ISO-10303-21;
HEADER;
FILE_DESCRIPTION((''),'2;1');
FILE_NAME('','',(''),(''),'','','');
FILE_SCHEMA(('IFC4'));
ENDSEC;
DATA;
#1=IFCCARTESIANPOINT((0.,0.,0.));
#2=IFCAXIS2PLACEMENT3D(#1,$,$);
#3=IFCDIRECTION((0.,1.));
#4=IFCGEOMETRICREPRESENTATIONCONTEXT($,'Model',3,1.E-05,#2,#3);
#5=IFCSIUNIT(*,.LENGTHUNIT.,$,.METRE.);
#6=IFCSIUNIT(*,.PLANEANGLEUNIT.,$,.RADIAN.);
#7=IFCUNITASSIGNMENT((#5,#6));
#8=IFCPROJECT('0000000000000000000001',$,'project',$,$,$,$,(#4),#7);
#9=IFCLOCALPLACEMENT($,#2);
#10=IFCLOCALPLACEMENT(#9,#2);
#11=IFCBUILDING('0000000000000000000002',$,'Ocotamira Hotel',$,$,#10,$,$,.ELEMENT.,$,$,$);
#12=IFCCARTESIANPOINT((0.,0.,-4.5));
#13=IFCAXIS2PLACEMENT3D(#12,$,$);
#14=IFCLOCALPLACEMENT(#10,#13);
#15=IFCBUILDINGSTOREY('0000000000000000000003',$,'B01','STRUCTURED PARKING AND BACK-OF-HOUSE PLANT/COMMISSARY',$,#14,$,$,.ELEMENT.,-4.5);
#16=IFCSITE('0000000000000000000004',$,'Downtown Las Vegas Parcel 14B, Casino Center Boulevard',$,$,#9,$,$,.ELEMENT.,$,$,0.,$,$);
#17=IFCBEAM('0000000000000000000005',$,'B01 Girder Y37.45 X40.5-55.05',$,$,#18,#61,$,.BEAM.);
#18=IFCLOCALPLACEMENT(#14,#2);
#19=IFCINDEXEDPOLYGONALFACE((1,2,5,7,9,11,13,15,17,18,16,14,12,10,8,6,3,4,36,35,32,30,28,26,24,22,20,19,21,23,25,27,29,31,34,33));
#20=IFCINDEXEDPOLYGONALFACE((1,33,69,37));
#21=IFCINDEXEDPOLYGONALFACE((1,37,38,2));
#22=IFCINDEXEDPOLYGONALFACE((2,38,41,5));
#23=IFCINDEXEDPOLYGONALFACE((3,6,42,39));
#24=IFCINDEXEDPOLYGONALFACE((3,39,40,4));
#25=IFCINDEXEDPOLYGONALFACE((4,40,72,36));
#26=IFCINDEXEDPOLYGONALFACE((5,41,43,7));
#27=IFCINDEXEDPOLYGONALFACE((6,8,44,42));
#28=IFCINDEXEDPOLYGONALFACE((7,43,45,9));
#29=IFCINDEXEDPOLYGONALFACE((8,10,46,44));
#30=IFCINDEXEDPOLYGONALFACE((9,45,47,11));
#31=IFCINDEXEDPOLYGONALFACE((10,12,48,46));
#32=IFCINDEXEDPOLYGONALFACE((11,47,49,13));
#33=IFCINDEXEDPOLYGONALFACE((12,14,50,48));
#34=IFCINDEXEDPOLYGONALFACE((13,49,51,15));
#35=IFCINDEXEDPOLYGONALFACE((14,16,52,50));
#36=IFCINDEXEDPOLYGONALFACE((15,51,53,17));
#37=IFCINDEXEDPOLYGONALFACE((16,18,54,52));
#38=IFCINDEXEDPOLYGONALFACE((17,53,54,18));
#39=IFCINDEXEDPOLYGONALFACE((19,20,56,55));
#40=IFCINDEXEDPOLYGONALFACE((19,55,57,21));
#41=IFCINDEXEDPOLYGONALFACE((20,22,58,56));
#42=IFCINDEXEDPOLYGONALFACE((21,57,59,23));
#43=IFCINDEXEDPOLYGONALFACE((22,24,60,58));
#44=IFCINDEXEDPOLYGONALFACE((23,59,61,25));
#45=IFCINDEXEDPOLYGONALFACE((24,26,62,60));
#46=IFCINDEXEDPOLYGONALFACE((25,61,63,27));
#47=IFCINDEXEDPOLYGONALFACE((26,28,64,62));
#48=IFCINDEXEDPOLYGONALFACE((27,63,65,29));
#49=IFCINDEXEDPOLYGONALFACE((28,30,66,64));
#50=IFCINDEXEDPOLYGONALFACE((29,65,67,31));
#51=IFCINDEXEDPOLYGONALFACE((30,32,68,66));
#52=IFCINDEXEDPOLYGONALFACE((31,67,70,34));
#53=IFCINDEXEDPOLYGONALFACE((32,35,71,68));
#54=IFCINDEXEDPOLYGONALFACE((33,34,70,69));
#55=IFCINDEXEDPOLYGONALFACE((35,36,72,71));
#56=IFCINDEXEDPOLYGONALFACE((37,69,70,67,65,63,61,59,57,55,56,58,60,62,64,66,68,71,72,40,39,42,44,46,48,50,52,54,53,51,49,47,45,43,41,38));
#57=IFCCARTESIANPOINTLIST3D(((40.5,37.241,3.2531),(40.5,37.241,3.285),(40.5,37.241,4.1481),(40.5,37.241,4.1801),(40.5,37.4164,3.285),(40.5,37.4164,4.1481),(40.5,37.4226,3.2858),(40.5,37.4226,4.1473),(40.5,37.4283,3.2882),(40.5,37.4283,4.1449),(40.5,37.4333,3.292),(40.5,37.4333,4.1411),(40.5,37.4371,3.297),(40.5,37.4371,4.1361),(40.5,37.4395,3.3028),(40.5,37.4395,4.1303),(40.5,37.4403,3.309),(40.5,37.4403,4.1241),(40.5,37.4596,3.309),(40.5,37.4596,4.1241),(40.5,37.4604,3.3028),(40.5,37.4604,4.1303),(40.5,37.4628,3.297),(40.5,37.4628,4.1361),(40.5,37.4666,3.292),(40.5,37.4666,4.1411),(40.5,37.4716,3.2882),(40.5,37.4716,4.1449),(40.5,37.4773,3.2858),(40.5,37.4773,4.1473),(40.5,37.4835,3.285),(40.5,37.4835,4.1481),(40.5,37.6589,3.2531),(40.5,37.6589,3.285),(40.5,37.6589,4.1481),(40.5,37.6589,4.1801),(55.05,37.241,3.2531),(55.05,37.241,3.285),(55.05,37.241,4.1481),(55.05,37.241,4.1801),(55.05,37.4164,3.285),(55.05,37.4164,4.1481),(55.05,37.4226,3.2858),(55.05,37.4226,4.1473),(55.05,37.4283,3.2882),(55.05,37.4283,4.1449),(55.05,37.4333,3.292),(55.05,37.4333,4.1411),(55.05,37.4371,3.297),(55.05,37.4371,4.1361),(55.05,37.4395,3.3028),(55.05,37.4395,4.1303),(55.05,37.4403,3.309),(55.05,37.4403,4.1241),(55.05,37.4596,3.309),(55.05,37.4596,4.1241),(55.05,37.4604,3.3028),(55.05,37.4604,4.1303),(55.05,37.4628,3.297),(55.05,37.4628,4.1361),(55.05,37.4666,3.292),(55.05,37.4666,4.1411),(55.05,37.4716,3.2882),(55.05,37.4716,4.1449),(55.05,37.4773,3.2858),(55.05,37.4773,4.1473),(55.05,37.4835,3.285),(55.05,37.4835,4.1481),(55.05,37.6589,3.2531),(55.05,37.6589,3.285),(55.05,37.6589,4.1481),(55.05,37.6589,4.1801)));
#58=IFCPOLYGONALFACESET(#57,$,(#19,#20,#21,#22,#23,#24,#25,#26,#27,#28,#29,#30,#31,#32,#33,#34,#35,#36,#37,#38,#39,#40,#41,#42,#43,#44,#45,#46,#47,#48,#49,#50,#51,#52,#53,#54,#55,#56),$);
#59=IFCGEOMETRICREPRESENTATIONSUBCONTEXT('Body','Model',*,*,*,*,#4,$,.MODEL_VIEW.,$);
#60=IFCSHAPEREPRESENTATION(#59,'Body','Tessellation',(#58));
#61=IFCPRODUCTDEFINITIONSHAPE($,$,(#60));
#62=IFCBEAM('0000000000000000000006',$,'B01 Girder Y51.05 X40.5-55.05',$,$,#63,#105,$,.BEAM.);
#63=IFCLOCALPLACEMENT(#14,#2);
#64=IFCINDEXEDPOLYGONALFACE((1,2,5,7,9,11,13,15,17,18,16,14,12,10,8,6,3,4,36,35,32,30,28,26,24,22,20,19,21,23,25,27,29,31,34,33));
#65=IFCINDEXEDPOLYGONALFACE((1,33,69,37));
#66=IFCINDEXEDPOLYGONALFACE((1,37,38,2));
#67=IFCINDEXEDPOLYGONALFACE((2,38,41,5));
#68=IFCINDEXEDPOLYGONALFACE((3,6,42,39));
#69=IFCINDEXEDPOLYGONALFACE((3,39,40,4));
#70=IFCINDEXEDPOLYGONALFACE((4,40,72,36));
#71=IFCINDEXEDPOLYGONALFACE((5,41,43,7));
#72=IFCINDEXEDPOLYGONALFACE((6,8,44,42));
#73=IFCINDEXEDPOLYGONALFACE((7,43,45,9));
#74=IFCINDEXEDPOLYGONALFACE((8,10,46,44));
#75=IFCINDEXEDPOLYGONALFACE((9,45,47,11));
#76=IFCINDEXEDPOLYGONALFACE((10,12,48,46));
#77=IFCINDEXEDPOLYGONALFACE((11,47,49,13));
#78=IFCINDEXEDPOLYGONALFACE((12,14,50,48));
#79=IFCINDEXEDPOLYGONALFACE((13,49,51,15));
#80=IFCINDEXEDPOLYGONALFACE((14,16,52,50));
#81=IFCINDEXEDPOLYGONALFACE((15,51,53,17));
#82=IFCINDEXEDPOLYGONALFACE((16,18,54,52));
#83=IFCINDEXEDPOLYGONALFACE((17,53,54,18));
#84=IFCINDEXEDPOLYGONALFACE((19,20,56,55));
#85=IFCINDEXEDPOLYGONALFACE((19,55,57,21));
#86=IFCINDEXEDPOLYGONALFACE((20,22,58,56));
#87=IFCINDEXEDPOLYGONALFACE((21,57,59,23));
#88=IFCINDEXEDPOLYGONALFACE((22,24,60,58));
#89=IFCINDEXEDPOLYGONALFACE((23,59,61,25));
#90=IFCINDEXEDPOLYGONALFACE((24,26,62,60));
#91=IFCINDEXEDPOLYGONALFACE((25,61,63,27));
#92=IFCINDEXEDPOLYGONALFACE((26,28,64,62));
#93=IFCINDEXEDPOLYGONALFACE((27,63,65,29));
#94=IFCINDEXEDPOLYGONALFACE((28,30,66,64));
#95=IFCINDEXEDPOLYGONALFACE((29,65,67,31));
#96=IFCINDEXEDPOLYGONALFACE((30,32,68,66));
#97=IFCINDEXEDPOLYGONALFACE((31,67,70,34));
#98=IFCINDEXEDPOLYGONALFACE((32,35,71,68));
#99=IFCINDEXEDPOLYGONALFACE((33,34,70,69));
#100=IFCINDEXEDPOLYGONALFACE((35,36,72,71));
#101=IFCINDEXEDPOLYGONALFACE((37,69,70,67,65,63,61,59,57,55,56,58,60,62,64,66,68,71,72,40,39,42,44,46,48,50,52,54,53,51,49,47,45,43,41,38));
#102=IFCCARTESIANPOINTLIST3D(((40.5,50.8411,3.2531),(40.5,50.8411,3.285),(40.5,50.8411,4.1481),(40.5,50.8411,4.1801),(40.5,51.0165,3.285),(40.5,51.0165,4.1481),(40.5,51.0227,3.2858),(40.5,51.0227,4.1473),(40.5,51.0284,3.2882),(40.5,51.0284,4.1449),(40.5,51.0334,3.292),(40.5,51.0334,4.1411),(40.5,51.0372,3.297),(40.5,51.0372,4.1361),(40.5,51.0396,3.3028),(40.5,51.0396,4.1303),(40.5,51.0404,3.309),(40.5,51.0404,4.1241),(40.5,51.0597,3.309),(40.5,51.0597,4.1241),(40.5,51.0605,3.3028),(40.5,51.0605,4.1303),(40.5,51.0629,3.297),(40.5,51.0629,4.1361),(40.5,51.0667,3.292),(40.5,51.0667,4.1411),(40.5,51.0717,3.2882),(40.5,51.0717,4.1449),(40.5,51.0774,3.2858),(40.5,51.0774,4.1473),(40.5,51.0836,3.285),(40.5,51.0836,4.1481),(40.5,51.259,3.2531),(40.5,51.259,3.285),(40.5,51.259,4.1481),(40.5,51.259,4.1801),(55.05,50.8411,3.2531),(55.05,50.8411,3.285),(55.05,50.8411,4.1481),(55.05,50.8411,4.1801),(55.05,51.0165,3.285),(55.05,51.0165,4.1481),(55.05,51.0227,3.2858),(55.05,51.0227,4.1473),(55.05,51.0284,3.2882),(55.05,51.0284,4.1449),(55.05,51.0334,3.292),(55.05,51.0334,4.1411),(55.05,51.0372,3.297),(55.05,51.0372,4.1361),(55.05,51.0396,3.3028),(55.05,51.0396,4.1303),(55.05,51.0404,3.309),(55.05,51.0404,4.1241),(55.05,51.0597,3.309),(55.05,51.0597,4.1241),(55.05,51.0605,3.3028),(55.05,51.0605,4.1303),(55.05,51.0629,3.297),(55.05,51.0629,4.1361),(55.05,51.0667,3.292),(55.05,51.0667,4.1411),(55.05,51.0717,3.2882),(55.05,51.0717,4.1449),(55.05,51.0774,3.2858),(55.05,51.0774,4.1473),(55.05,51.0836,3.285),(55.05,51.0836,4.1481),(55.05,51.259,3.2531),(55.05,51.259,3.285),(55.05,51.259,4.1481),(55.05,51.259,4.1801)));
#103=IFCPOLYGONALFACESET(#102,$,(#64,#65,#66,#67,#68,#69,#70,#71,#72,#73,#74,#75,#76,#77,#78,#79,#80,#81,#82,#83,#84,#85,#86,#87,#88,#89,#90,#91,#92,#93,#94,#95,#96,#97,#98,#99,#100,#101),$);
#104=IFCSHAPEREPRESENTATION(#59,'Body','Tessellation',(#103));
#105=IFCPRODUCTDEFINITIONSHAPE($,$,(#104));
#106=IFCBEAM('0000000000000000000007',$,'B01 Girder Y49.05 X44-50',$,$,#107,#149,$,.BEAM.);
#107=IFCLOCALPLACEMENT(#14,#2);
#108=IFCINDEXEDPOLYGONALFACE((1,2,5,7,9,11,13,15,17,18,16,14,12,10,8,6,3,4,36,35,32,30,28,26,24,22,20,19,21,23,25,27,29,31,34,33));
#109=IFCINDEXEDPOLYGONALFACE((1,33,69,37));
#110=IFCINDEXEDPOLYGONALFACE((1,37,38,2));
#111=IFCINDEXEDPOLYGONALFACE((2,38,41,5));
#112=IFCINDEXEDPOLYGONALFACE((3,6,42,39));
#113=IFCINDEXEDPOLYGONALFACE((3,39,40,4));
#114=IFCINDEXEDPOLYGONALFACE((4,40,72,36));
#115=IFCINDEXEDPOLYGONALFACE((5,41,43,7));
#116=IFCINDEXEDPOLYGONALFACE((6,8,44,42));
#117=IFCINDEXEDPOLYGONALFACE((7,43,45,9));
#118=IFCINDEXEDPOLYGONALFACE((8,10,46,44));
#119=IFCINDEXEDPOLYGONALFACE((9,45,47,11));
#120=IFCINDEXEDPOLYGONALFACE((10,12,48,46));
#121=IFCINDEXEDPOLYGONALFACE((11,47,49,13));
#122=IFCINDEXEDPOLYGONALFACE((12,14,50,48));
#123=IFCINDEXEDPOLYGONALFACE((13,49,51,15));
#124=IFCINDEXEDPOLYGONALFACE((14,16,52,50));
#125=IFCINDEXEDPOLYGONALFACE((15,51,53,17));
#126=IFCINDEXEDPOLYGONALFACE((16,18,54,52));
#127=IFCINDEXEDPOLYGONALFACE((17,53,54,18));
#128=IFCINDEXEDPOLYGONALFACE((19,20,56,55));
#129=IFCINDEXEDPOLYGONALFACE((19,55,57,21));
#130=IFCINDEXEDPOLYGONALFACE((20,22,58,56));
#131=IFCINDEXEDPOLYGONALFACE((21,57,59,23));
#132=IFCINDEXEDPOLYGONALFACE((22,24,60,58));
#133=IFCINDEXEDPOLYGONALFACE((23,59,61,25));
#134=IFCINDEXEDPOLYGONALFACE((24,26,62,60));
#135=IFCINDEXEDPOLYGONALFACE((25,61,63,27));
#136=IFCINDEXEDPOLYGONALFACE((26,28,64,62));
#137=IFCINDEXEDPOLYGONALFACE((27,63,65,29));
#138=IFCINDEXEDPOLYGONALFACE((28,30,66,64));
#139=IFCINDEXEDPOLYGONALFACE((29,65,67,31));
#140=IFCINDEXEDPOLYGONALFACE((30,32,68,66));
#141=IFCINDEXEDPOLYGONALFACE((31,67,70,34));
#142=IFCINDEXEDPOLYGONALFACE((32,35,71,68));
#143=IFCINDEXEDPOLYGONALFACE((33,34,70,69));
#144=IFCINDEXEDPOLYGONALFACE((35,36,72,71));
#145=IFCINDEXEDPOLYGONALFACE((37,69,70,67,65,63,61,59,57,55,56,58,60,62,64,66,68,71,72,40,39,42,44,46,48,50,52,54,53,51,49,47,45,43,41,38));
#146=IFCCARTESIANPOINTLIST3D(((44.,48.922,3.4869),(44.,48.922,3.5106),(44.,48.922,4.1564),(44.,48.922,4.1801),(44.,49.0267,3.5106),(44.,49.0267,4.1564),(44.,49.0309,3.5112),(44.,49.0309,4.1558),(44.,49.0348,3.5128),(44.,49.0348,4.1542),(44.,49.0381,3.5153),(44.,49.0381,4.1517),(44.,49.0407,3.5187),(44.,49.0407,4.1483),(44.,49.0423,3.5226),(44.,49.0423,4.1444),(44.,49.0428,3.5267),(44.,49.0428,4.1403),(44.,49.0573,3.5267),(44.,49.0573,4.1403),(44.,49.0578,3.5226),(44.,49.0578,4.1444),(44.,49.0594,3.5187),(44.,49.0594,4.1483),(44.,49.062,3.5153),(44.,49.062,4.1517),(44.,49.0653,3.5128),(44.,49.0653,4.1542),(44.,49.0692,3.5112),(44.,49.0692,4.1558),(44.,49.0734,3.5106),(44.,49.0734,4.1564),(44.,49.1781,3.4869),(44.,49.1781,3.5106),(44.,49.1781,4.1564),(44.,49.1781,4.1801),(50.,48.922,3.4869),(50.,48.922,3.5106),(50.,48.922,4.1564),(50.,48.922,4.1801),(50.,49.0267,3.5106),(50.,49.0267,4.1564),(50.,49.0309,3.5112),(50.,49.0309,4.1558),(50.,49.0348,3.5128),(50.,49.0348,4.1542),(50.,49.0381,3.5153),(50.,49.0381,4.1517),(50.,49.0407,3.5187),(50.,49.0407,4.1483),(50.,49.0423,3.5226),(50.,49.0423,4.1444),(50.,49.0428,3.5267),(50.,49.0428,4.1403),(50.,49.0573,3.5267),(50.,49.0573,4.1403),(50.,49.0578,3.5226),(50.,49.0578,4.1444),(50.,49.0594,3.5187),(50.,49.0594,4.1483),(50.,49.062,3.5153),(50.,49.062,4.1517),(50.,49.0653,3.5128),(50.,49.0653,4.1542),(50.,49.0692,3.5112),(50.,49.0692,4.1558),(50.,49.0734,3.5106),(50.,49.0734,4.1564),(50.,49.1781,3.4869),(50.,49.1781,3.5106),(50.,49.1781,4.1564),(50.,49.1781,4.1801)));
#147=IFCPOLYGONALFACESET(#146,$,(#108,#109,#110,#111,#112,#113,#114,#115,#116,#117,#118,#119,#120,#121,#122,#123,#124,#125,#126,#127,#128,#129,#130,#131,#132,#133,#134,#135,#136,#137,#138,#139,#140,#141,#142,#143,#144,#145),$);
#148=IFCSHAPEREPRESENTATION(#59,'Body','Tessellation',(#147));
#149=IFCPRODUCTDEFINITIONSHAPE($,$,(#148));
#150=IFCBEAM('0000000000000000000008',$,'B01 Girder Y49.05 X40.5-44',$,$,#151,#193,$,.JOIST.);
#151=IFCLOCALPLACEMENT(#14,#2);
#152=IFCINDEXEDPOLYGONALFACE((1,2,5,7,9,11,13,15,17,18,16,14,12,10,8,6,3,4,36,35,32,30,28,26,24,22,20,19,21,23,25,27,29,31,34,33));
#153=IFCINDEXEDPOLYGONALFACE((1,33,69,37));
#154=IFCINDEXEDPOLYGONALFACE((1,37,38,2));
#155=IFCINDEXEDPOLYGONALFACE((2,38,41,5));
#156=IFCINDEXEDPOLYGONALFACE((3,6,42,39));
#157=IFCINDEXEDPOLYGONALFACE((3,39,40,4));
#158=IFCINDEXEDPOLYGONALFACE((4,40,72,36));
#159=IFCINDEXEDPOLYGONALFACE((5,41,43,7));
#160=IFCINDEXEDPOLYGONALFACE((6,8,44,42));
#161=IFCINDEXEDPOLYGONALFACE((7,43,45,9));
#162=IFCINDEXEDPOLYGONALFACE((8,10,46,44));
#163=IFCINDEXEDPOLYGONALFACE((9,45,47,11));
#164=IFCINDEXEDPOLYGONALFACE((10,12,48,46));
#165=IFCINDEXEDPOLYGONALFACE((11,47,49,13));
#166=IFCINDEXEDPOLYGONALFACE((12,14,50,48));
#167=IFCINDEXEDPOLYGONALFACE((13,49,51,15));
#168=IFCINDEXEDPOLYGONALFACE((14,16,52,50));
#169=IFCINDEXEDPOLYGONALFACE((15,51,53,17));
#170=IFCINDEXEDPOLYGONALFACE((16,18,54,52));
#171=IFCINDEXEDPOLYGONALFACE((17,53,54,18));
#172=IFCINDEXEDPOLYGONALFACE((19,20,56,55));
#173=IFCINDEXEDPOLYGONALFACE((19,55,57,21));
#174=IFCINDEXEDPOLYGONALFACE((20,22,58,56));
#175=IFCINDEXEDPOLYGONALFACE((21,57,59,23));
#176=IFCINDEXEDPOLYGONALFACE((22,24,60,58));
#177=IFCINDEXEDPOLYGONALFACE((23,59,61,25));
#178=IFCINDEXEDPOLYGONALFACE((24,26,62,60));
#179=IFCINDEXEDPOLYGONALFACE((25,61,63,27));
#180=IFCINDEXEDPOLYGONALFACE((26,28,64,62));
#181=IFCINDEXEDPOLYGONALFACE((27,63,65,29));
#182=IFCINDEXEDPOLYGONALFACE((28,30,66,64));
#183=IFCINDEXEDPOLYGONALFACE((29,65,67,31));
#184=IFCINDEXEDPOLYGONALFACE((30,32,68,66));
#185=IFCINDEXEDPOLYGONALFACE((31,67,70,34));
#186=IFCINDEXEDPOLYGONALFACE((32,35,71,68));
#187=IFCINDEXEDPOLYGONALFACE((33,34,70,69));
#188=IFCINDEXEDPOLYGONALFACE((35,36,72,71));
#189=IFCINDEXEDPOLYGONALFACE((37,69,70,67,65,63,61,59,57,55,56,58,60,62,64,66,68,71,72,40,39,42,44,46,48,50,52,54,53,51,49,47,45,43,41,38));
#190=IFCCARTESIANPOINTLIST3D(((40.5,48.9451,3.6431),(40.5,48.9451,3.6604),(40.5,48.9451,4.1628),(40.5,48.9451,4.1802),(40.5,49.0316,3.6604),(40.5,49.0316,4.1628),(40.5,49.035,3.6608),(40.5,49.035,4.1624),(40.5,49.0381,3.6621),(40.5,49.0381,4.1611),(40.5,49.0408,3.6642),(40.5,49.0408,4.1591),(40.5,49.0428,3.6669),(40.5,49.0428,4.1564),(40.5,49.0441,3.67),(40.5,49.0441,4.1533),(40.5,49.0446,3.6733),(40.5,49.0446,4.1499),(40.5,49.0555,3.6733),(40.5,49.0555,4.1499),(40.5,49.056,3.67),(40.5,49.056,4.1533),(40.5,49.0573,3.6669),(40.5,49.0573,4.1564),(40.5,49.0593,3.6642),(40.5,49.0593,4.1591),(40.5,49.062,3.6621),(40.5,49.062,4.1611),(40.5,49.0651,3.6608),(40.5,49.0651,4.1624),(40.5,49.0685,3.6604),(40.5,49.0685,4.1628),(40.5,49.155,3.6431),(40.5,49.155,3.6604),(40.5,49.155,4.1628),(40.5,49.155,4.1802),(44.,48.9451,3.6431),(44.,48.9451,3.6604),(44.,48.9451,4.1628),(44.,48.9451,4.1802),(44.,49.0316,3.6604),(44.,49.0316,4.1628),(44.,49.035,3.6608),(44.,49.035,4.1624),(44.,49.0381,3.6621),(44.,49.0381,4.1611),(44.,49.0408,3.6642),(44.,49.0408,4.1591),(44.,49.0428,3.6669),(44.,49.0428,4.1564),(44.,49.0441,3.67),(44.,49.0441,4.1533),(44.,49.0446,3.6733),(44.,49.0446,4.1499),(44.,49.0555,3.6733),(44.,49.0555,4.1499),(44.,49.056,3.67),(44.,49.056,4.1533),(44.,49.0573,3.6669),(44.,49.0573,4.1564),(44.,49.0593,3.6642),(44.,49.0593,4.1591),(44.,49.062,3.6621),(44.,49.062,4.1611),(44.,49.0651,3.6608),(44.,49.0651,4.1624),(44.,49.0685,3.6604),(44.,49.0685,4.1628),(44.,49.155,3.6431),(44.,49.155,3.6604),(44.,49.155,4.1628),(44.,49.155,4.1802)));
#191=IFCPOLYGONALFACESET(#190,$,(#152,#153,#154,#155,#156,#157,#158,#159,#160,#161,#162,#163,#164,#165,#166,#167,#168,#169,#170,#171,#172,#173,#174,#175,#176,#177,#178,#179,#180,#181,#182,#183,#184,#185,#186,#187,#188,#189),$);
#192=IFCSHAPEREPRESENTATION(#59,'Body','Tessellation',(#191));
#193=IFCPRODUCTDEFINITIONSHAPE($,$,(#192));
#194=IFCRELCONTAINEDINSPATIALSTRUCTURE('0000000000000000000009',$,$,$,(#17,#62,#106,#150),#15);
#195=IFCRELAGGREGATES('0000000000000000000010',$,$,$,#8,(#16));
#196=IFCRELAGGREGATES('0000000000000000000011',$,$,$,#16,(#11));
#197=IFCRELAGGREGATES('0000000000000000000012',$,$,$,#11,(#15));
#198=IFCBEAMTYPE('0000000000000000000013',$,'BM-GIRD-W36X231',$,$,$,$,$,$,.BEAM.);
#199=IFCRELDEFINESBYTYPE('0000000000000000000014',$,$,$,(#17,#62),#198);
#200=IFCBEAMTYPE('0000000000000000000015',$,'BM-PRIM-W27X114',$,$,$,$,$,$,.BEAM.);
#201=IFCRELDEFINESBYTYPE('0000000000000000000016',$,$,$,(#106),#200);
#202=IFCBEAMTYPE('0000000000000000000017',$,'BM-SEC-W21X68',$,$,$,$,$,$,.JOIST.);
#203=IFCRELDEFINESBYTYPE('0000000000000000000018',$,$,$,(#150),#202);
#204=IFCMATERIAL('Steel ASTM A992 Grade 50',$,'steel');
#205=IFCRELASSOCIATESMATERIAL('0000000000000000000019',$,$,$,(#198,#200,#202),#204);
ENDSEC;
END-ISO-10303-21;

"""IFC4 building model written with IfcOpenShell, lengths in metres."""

from ifc_helpers import new_model, si_unit, direction, frame, origin, origin_2d, place, context, subcontext, project, spatial, i_section, extrude, source, transform, mapped, material, material_profile, profile_set, type_object, element, save


model = new_model("IFC4")

# Units and contexts
model_context = context("Model", 3, precision=1e-05, world=origin(), true_north=direction((0.0, 1.0)))
body_context = subcontext(model_context, "Body", "Model", "MODEL_VIEW")
ifc_project = project(units=[si_unit("LENGTHUNIT", "METRE"), si_unit("PLANEANGLEUNIT", "RADIAN")], contexts=[model_context])

# Site, building, storey
site_placement = place(None, origin())
site = spatial("IfcSite", under=ifc_project, at=site_placement, Name="Downtown Las Vegas Parcel 14B, Casino Center Boulevard", CompositionType="ELEMENT", RefElevation=0.0)
building_placement = place(site_placement, origin())
building = spatial("IfcBuilding", under=site, at=building_placement, Name="Ocotamira Hotel", CompositionType="ELEMENT")
storey_placement = place(building_placement, frame((0.0, 0.0, -4.5)))
storey = spatial("IfcBuildingStorey", under=building, at=storey_placement, Name="B01", Description="STRUCTURED PARKING AND BACK-OF-HOUSE PLANT/COMMISSARY", CompositionType="ELEMENT", Elevation=-4.5)

# Beams
ifc_material_1 = material(Name="Steel ASTM A992 Grade 50", Category="steel")
ifc_material_profile_1 = material_profile(ifc_material_1, i_section(OverallWidth=0.418, OverallDepth=0.927, WebThickness=0.0193, FlangeThickness=0.032, FilletRadius=0.0239, at=origin_2d()), Name="W36X231")
ifc_profile_set_1 = profile_set([ifc_material_profile_1], Name="Steel ASTM A992 Grade 50")
beam_type_1 = type_object("IfcBeamType", Name="BM-GIRD-W36X231", PredefinedType="BEAM", material=ifc_profile_set_1)
shared_shape_1 = source(origin(), body_context, "Body", "SweptSolid", [
    extrude(i_section(OverallWidth=0.418, OverallDepth=0.927, WebThickness=0.0193, FlangeThickness=0.032, FilletRadius=0.0239, at=origin_2d()), origin(), (0.0, 0.0, 1.0), 14.55),
])
for number, where, z_axis, x_axis, name in (
    (1, (40.5, 37.45, 3.7166), (1.0, 0.0, 0.0), (0.0, 1.0, 0.0), "B01 Girder Y37.45 X40.5-55.05"),
    (2, (40.5, 51.05, 3.7166), (1.0, 0.0, 0.0), (0.0, 1.0, 0.0), "B01 Girder Y51.05 X40.5-55.05"),
):
    element("IfcBeam", number, at=place(storey_placement, frame(where, z_axis=z_axis, x_axis=x_axis)), inside=storey, type_object=beam_type_1, Name=name, PredefinedType="BEAM", context=body_context, shape_type="MappedRepresentation", body=[
        mapped(shared_shape_1, transform((0.0, 0.0, 0.0), scale=1.0)),
    ])
ifc_material_profile_2 = material_profile(ifc_material_1, i_section(OverallWidth=0.2561, OverallDepth=0.6931, WebThickness=0.0144, FlangeThickness=0.0237, FilletRadius=0.0161, at=origin_2d()), Name="W27X114")
ifc_profile_set_2 = profile_set([ifc_material_profile_2], Name="Steel ASTM A992 Grade 50")
beam_type_2 = type_object("IfcBeamType", Name="BM-PRIM-W27X114", PredefinedType="BEAM", material=ifc_profile_set_2)
shared_shape_2 = source(origin(), body_context, "Body", "SweptSolid", [
    extrude(i_section(OverallWidth=0.2561, OverallDepth=0.6931, WebThickness=0.0144, FlangeThickness=0.0237, FilletRadius=0.0161, at=origin_2d()), origin(), (0.0, 0.0, 1.0), 6.0),
])
beam_1_placement = place(storey_placement, frame((44.0, 49.05, 3.8335), z_axis=(1.0, 0.0, 0.0), x_axis=(0.0, 1.0, 0.0)))
element("IfcBeam", 3, at=beam_1_placement, inside=storey, type_object=beam_type_2, Name="B01 Girder Y49.05 X44-50", PredefinedType="BEAM", context=body_context, shape_type="MappedRepresentation", body=[
    mapped(shared_shape_2, transform((0.0, 0.0, 0.0), scale=1.0)),
])
ifc_material_profile_3 = material_profile(ifc_material_1, i_section(OverallWidth=0.21, OverallDepth=0.5371, WebThickness=0.011, FlangeThickness=0.0173, FilletRadius=0.0129, at=origin_2d()), Name="W21X68")
ifc_profile_set_3 = profile_set([ifc_material_profile_3], Name="Steel ASTM A992 Grade 50")
beam_type_3 = type_object("IfcBeamType", Name="BM-SEC-W21X68", PredefinedType="JOIST", material=ifc_profile_set_3)
shared_shape_3 = source(origin(), body_context, "Body", "SweptSolid", [
    extrude(i_section(OverallWidth=0.21, OverallDepth=0.5371, WebThickness=0.011, FlangeThickness=0.0173, FilletRadius=0.0129, at=origin_2d()), origin(), (0.0, 0.0, 1.0), 3.5),
])
beam_2_placement = place(storey_placement, frame((40.5, 49.05, 3.9116), z_axis=(1.0, 0.0, 0.0), x_axis=(0.0, 1.0, 0.0)))
element("IfcBeam", 4, at=beam_2_placement, inside=storey, type_object=beam_type_3, Name="B01 Girder Y49.05 X40.5-44", PredefinedType="JOIST", context=body_context, shape_type="MappedRepresentation", body=[
    mapped(shared_shape_3, transform((0.0, 0.0, 0.0), scale=1.0)),
])

save(model, "model.ifc")
